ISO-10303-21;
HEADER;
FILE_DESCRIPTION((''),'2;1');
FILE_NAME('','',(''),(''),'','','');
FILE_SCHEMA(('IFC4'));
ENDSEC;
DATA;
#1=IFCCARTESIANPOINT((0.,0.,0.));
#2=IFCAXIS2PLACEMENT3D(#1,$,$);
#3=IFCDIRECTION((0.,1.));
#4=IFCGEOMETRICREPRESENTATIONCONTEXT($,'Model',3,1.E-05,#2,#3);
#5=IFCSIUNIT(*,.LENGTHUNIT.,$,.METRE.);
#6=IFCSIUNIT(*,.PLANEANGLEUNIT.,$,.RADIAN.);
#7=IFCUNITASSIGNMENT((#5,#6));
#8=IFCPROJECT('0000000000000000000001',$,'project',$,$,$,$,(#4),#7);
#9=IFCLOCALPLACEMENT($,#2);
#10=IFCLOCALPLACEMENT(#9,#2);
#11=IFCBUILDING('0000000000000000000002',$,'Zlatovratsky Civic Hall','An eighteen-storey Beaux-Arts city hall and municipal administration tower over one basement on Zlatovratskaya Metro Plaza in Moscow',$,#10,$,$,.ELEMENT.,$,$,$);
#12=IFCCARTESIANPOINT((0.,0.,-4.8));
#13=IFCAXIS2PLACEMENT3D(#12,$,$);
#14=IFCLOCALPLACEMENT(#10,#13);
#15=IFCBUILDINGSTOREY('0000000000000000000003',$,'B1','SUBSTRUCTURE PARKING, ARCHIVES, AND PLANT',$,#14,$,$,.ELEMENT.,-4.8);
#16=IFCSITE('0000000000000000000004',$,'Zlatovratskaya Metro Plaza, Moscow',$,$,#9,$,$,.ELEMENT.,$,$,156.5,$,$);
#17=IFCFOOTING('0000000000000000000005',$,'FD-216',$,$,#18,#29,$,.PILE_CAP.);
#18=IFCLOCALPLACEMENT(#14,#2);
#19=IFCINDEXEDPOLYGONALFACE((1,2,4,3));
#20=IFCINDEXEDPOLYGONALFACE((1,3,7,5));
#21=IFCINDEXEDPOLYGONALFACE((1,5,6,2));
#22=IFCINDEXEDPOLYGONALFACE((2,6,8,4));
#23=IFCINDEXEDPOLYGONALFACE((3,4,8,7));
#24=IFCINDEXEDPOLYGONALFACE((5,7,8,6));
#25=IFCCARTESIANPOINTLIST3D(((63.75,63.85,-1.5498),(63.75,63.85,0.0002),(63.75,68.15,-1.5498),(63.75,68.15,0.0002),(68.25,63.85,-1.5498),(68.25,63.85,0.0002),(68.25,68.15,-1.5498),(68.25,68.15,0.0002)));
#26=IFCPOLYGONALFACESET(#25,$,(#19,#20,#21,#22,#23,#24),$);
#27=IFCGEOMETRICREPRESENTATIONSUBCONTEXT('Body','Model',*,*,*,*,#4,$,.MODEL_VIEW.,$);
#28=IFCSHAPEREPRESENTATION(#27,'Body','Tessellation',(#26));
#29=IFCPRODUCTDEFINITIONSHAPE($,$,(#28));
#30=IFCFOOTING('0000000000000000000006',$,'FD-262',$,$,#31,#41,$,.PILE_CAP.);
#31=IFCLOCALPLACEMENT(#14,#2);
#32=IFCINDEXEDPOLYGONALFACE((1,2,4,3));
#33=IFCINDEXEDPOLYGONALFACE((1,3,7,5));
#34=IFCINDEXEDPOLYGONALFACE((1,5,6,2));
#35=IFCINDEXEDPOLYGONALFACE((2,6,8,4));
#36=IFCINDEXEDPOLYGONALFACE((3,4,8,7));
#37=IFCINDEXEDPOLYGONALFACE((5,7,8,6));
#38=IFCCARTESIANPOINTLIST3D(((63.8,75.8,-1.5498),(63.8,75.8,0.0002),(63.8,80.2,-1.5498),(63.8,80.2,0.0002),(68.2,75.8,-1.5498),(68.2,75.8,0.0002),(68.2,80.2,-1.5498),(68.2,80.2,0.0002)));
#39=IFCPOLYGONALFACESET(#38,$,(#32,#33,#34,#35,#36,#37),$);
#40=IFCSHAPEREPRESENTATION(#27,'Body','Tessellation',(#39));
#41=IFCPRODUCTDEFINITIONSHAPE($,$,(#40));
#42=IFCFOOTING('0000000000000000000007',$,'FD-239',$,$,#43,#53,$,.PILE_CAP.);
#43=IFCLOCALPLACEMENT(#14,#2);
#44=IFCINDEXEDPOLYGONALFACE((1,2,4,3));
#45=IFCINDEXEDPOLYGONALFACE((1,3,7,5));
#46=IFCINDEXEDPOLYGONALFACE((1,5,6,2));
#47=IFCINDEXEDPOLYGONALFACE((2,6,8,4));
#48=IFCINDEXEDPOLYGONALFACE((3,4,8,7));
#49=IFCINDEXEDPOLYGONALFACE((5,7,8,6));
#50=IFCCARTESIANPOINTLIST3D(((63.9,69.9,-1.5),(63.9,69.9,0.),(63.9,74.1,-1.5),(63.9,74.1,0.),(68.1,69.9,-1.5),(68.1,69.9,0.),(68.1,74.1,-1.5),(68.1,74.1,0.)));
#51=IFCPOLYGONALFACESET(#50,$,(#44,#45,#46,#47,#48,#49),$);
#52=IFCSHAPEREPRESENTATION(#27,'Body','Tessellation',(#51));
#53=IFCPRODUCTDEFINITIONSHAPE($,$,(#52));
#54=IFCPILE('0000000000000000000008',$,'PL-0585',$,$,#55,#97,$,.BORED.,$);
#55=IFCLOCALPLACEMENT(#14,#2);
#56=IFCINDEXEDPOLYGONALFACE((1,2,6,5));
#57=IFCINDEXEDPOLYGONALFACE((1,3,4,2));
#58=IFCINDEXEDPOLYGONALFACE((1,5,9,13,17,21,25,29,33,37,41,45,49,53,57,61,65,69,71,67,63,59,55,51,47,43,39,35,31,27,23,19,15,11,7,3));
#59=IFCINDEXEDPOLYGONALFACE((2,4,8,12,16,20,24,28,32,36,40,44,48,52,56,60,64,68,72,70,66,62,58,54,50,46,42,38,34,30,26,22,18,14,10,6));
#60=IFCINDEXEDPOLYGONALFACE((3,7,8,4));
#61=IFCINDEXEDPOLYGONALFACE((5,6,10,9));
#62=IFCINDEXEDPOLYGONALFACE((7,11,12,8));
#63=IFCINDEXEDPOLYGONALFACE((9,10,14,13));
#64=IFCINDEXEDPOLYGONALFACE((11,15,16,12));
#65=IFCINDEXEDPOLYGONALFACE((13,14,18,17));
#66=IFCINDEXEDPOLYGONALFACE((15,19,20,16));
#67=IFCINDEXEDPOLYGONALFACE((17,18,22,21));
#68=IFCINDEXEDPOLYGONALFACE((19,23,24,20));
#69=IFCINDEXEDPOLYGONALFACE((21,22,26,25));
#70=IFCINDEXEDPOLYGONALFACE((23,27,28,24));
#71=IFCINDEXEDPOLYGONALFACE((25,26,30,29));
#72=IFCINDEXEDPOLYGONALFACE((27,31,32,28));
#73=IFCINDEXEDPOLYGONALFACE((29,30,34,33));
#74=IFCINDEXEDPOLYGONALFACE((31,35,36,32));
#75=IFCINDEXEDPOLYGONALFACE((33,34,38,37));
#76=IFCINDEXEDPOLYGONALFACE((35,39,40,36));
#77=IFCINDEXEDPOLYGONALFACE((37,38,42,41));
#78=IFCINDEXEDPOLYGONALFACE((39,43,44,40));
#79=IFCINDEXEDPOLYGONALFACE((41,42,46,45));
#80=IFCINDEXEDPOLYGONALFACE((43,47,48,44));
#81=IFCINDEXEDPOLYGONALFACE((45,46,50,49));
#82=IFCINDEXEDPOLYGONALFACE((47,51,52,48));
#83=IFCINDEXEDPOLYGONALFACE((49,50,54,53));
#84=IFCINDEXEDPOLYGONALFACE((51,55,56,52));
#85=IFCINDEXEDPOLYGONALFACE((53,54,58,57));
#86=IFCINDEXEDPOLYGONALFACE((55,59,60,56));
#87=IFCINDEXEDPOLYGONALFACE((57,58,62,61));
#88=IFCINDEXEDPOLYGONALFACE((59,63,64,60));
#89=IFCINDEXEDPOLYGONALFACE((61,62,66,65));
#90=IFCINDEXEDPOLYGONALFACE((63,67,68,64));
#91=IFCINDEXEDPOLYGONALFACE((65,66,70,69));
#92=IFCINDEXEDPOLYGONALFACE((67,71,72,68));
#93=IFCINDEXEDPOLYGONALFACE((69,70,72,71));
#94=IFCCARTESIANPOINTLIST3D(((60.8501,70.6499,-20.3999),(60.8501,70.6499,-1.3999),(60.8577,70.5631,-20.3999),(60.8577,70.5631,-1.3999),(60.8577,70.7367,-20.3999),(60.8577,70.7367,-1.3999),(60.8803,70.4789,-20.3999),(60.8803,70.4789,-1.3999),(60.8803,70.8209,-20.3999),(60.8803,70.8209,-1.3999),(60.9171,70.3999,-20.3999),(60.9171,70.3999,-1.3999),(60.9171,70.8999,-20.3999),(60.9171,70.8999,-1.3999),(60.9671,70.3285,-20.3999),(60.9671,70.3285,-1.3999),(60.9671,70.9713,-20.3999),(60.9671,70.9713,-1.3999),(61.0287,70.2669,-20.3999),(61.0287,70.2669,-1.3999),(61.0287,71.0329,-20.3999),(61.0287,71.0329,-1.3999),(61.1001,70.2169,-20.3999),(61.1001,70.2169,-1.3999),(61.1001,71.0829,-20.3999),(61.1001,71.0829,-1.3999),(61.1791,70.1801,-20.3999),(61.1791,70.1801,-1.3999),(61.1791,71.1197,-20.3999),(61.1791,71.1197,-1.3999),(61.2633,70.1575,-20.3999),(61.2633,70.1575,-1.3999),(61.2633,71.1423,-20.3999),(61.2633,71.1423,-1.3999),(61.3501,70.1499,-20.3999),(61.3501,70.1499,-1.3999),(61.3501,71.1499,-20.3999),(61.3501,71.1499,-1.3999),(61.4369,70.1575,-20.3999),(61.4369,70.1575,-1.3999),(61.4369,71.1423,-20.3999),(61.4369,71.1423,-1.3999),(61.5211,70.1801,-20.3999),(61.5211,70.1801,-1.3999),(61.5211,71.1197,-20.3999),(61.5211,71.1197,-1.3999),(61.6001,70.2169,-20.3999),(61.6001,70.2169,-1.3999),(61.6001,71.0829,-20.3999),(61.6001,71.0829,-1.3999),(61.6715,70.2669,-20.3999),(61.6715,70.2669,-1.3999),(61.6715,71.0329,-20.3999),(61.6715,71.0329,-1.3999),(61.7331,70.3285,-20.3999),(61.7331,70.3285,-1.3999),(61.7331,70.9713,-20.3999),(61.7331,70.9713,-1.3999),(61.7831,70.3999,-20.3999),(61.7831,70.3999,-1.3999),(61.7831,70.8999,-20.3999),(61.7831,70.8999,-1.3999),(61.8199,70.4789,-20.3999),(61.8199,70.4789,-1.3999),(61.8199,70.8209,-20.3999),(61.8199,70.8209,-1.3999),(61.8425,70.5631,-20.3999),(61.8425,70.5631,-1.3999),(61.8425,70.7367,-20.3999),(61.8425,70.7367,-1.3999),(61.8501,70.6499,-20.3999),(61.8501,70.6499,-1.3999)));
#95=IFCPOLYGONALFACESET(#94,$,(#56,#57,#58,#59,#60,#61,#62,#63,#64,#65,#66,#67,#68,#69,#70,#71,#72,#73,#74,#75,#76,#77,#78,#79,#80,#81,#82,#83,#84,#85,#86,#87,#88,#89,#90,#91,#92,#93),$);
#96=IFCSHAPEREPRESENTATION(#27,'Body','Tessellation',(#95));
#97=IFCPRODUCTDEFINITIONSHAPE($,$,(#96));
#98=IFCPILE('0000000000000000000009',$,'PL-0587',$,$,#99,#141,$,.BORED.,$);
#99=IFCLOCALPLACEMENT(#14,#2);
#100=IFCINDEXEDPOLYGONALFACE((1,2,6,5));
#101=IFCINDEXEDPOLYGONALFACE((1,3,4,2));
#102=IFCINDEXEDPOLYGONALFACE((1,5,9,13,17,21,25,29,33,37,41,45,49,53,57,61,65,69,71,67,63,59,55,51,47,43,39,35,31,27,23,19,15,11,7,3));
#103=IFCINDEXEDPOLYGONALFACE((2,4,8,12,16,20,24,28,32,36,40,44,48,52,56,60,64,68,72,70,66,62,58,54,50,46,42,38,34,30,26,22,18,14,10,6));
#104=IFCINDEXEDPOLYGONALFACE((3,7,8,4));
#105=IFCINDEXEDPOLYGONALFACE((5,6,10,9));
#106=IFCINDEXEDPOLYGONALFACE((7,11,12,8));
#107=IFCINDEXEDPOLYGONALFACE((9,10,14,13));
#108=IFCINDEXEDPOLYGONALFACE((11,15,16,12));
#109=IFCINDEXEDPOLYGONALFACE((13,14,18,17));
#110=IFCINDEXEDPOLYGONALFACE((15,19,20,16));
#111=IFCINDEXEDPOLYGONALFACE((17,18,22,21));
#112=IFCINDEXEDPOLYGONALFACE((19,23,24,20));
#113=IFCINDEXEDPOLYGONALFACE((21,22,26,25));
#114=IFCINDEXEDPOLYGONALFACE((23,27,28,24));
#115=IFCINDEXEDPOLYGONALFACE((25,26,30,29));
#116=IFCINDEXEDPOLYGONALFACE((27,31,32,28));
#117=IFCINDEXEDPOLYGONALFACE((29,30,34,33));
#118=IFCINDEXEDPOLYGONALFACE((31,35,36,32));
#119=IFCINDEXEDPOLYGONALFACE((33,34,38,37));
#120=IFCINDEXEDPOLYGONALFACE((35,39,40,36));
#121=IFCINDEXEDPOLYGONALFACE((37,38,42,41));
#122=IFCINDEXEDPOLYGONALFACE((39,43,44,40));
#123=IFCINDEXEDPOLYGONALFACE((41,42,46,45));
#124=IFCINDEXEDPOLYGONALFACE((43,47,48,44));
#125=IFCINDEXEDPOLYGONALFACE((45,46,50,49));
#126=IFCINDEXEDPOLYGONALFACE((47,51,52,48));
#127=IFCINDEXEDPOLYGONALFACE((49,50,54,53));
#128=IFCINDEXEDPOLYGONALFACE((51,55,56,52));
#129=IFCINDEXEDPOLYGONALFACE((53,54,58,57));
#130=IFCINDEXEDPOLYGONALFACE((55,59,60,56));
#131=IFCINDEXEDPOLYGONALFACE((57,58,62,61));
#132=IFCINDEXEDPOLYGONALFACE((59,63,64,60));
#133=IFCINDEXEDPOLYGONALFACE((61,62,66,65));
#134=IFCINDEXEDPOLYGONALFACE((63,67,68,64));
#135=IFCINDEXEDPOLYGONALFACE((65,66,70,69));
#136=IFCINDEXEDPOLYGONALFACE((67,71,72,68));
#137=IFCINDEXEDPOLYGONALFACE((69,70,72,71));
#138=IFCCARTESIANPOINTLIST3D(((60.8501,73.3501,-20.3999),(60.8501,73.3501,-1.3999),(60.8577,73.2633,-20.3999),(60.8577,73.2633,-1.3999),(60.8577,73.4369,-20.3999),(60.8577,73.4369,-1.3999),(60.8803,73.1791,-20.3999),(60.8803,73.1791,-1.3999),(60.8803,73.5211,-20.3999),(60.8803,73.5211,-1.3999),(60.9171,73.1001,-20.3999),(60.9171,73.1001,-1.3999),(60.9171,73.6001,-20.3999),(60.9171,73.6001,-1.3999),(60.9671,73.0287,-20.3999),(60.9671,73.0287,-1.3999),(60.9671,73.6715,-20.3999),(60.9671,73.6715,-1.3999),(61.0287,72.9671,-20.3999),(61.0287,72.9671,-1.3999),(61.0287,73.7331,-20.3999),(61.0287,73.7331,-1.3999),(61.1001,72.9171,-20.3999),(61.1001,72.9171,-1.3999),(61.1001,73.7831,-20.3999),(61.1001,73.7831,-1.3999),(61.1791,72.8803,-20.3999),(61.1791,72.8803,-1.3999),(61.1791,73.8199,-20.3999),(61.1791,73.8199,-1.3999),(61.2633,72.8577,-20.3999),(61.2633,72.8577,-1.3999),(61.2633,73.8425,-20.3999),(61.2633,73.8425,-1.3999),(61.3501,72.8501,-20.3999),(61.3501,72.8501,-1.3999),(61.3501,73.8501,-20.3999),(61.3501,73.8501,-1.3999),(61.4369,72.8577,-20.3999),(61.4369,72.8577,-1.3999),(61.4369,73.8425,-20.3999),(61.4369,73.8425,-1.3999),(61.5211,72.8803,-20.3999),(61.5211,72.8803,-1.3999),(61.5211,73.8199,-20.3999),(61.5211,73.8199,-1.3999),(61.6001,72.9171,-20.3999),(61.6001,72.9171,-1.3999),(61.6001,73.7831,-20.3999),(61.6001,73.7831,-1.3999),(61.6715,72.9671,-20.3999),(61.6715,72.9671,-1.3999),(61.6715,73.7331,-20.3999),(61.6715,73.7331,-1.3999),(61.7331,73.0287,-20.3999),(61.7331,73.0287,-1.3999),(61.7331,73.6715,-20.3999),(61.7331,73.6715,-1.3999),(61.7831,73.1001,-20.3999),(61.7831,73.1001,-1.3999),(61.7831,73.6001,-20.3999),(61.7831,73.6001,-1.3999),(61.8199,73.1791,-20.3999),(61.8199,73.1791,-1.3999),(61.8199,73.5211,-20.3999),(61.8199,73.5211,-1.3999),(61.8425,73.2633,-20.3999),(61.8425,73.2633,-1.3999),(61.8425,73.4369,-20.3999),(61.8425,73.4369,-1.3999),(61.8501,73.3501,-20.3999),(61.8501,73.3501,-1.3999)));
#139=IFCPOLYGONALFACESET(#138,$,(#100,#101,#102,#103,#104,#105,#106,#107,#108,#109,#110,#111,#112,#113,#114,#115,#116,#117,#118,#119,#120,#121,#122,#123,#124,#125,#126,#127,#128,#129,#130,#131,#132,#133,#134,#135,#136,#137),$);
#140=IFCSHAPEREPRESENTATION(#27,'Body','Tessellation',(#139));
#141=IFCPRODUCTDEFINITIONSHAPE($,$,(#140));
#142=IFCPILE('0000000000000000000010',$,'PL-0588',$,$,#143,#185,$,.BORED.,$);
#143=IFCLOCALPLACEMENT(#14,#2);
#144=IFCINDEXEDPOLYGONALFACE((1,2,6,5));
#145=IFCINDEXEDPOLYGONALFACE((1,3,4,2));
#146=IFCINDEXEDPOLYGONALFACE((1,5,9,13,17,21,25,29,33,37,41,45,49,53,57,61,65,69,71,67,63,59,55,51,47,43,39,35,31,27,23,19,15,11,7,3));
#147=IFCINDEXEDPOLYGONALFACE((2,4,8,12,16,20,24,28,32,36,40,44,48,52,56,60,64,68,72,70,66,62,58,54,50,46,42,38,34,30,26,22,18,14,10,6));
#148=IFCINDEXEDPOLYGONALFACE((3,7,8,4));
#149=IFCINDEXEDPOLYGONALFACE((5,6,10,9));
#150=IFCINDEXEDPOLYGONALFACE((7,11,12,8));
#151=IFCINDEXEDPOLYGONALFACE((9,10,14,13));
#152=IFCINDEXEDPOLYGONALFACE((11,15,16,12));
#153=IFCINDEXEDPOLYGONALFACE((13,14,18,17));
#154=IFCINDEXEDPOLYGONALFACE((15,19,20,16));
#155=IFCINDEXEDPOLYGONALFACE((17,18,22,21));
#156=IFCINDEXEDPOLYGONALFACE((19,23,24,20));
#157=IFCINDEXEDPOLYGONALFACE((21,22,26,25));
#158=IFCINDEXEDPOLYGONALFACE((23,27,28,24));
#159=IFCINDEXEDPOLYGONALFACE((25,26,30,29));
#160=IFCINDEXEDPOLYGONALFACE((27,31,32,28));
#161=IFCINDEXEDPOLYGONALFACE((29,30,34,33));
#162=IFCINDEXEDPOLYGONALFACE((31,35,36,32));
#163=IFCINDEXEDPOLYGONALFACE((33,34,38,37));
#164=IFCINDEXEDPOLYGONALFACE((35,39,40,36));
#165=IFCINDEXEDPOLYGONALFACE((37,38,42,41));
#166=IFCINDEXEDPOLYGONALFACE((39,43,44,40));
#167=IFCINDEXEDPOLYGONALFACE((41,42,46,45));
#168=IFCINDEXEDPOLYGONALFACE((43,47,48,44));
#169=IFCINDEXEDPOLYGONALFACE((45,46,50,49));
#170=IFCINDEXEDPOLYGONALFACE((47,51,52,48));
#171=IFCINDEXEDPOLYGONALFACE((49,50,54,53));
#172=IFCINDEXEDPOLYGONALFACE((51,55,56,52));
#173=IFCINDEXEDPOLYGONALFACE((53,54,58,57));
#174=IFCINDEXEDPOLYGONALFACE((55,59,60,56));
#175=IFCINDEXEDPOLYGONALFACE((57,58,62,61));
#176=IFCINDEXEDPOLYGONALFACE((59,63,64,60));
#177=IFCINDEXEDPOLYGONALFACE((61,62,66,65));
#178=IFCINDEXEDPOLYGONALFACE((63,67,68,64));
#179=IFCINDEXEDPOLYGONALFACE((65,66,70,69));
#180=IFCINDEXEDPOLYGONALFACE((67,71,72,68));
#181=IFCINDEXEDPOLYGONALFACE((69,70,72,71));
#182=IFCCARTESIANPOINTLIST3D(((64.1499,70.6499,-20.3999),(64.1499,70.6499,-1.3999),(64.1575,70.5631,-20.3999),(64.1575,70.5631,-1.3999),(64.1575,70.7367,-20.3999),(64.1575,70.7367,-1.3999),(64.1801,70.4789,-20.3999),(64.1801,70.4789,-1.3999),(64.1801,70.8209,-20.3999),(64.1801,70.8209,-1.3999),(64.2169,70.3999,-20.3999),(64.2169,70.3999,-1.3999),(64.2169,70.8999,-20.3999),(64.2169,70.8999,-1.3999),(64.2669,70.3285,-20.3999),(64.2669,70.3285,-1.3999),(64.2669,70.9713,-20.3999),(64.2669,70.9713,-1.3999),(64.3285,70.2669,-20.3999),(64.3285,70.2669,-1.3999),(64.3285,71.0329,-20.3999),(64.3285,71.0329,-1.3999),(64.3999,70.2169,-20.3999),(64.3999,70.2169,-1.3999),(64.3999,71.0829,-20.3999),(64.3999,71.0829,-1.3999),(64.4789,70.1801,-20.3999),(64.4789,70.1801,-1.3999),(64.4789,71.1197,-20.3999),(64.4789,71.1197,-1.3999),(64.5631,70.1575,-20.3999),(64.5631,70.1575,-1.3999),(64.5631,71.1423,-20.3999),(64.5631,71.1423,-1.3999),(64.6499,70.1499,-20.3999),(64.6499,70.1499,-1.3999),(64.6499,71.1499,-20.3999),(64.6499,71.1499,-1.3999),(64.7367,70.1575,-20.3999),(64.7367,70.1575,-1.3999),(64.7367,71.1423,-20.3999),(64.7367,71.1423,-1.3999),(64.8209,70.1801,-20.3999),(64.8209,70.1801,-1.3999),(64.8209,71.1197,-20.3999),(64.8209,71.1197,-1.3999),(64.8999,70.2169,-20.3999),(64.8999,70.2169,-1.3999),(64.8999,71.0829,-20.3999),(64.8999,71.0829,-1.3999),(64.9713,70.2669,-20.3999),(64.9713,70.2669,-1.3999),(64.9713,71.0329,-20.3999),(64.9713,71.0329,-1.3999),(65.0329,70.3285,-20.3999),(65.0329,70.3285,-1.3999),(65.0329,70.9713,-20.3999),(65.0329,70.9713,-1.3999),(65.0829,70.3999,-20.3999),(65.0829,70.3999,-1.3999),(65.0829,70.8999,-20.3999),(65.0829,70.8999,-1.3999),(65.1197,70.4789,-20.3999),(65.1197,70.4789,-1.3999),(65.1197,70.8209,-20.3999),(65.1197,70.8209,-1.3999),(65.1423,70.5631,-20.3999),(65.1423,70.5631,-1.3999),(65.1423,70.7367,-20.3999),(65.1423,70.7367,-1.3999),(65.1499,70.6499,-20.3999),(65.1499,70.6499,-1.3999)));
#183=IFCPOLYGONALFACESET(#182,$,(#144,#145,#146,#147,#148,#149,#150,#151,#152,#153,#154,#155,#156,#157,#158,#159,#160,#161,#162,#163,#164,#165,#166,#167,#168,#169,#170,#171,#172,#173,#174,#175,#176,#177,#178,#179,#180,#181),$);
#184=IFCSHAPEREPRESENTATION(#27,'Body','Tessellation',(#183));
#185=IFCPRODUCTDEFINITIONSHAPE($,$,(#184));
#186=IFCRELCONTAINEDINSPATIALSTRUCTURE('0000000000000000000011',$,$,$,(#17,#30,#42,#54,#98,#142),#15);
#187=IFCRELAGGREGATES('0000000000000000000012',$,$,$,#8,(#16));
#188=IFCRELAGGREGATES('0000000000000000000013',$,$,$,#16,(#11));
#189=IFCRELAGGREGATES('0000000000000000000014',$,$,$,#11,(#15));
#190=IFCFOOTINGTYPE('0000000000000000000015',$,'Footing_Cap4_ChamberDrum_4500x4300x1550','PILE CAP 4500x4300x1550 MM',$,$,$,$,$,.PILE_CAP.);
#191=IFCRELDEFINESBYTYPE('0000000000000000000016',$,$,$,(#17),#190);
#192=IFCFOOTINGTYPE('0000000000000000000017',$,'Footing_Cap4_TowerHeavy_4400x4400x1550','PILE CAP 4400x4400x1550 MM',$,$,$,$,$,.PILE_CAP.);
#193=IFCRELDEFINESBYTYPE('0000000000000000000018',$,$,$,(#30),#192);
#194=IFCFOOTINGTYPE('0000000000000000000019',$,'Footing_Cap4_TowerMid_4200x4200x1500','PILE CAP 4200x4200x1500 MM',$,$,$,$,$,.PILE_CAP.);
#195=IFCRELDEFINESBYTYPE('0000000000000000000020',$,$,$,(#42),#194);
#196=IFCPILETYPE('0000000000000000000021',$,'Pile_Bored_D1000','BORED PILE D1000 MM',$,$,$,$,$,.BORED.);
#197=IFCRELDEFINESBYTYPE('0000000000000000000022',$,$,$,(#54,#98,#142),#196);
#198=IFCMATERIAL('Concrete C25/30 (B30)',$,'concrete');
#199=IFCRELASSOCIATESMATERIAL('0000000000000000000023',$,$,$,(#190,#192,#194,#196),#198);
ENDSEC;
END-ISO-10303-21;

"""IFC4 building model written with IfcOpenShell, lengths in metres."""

from ifc_helpers import new_model, si_unit, direction, frame, origin, origin_2d, place, context, subcontext, project, spatial, rectangle, circle, extrude, material, material_profile, profile_set, type_object, element, save


model = new_model("IFC4")

# Units and contexts
model_context = context("Model", 3, precision=1e-05, world=origin(), true_north=direction((0.0, 1.0)))
body_context = subcontext(model_context, "Body", "Model", "MODEL_VIEW")
ifc_project = project(units=[si_unit("LENGTHUNIT", "METRE"), si_unit("PLANEANGLEUNIT", "RADIAN")], contexts=[model_context])

# Site, building, storey
site_placement = place(None, origin())
site = spatial("IfcSite", under=ifc_project, at=site_placement, Name="Zlatovratskaya Metro Plaza, Moscow", CompositionType="ELEMENT", RefElevation=156.5)
building_placement = place(site_placement, origin())
building = spatial("IfcBuilding", under=site, at=building_placement, Name="Zlatovratsky Civic Hall", Description="An eighteen-storey Beaux-Arts city hall and municipal administration tower over one basement on Zlatovratskaya Metro Plaza in Moscow", CompositionType="ELEMENT")
storey_placement = place(building_placement, frame((0.0, 0.0, -4.8)))
storey = spatial("IfcBuildingStorey", under=building, at=storey_placement, Name="B1", Description="SUBSTRUCTURE PARKING, ARCHIVES, AND PLANT", CompositionType="ELEMENT", Elevation=-4.8)

# Footings
ifc_material_1 = material(Name="Concrete C25/30 (B30)", Category="concrete")
footing_type_1 = type_object("IfcFootingType", Name="Footing_Cap4_ChamberDrum_4500x4300x1550", Description="PILE CAP 4500x4300x1550 MM", PredefinedType="PILE_CAP", material=ifc_material_1)
footing_1_placement = place(storey_placement, frame((66.0, 66.0, -1.5498), z_axis=(0.0, 0.0, 1.0), x_axis=(1.0, 0.0, 0.0)))
element("IfcFooting", 1, at=footing_1_placement, inside=storey, type_object=footing_type_1, Name="FD-216", PredefinedType="PILE_CAP", context=body_context, shape_type="SweptSolid", body=[
    extrude(rectangle(XDim=4.5, YDim=4.3, at=origin_2d()), origin(), (0.0, 0.0, 1.0), 1.55),
])
footing_type_2 = type_object("IfcFootingType", Name="Footing_Cap4_TowerHeavy_4400x4400x1550", Description="PILE CAP 4400x4400x1550 MM", PredefinedType="PILE_CAP", material=ifc_material_1)
footing_2_placement = place(storey_placement, frame((66.0, 78.0, -1.5498), z_axis=(0.0, 0.0, 1.0), x_axis=(1.0, 0.0, 0.0)))
element("IfcFooting", 2, at=footing_2_placement, inside=storey, type_object=footing_type_2, Name="FD-262", PredefinedType="PILE_CAP", context=body_context, shape_type="SweptSolid", body=[
    extrude(rectangle(XDim=4.3999, YDim=4.3999, at=origin_2d()), origin(), (0.0, 0.0, 1.0), 1.55),
])
footing_type_3 = type_object("IfcFootingType", Name="Footing_Cap4_TowerMid_4200x4200x1500", Description="PILE CAP 4200x4200x1500 MM", PredefinedType="PILE_CAP", material=ifc_material_1)
footing_3_placement = place(storey_placement, frame((66.0, 72.0, -1.5), z_axis=(0.0, 0.0, 1.0), x_axis=(1.0, 0.0, 0.0)))
element("IfcFooting", 3, at=footing_3_placement, inside=storey, type_object=footing_type_3, Name="FD-239", PredefinedType="PILE_CAP", context=body_context, shape_type="SweptSolid", body=[
    extrude(rectangle(XDim=4.2, YDim=4.2, at=origin_2d()), origin(), (0.0, 0.0, 1.0), 1.5),
])

# Piles
ifc_material_profile_1 = material_profile(ifc_material_1, circle(Radius=0.5, at=origin_2d()), Name="PILE D1000")
ifc_profile_set_1 = profile_set([ifc_material_profile_1], Name="Concrete C25/30 (B30)")
pile_type_1 = type_object("IfcPileType", Name="Pile_Bored_D1000", Description="BORED PILE D1000 MM", PredefinedType="BORED", material=ifc_profile_set_1)
for number, where, z_axis, x_axis, name in (
    (4, (61.3501, 70.6499, -1.3999), (0.0, 0.0, -1.0), (1.0, 0.0, 0.0), "PL-0585"),
    (5, (61.3501, 73.3501, -1.3999), (0.0, 0.0, -1.0), (1.0, 0.0, 0.0), "PL-0587"),
    (6, (64.6499, 70.6499, -1.3999), (0.0, 0.0, -1.0), (1.0, 0.0, 0.0), "PL-0588"),
):
    element("IfcPile", number, at=place(storey_placement, frame(where, z_axis=z_axis, x_axis=x_axis)), inside=storey, type_object=pile_type_1, Name=name, PredefinedType="BORED", context=body_context, shape_type="SweptSolid", body=[
        extrude(circle(Radius=0.5, at=origin_2d()), origin(), (0.0, 0.0, 1.0), 19.0),
    ])

save(model, "model.ifc")
